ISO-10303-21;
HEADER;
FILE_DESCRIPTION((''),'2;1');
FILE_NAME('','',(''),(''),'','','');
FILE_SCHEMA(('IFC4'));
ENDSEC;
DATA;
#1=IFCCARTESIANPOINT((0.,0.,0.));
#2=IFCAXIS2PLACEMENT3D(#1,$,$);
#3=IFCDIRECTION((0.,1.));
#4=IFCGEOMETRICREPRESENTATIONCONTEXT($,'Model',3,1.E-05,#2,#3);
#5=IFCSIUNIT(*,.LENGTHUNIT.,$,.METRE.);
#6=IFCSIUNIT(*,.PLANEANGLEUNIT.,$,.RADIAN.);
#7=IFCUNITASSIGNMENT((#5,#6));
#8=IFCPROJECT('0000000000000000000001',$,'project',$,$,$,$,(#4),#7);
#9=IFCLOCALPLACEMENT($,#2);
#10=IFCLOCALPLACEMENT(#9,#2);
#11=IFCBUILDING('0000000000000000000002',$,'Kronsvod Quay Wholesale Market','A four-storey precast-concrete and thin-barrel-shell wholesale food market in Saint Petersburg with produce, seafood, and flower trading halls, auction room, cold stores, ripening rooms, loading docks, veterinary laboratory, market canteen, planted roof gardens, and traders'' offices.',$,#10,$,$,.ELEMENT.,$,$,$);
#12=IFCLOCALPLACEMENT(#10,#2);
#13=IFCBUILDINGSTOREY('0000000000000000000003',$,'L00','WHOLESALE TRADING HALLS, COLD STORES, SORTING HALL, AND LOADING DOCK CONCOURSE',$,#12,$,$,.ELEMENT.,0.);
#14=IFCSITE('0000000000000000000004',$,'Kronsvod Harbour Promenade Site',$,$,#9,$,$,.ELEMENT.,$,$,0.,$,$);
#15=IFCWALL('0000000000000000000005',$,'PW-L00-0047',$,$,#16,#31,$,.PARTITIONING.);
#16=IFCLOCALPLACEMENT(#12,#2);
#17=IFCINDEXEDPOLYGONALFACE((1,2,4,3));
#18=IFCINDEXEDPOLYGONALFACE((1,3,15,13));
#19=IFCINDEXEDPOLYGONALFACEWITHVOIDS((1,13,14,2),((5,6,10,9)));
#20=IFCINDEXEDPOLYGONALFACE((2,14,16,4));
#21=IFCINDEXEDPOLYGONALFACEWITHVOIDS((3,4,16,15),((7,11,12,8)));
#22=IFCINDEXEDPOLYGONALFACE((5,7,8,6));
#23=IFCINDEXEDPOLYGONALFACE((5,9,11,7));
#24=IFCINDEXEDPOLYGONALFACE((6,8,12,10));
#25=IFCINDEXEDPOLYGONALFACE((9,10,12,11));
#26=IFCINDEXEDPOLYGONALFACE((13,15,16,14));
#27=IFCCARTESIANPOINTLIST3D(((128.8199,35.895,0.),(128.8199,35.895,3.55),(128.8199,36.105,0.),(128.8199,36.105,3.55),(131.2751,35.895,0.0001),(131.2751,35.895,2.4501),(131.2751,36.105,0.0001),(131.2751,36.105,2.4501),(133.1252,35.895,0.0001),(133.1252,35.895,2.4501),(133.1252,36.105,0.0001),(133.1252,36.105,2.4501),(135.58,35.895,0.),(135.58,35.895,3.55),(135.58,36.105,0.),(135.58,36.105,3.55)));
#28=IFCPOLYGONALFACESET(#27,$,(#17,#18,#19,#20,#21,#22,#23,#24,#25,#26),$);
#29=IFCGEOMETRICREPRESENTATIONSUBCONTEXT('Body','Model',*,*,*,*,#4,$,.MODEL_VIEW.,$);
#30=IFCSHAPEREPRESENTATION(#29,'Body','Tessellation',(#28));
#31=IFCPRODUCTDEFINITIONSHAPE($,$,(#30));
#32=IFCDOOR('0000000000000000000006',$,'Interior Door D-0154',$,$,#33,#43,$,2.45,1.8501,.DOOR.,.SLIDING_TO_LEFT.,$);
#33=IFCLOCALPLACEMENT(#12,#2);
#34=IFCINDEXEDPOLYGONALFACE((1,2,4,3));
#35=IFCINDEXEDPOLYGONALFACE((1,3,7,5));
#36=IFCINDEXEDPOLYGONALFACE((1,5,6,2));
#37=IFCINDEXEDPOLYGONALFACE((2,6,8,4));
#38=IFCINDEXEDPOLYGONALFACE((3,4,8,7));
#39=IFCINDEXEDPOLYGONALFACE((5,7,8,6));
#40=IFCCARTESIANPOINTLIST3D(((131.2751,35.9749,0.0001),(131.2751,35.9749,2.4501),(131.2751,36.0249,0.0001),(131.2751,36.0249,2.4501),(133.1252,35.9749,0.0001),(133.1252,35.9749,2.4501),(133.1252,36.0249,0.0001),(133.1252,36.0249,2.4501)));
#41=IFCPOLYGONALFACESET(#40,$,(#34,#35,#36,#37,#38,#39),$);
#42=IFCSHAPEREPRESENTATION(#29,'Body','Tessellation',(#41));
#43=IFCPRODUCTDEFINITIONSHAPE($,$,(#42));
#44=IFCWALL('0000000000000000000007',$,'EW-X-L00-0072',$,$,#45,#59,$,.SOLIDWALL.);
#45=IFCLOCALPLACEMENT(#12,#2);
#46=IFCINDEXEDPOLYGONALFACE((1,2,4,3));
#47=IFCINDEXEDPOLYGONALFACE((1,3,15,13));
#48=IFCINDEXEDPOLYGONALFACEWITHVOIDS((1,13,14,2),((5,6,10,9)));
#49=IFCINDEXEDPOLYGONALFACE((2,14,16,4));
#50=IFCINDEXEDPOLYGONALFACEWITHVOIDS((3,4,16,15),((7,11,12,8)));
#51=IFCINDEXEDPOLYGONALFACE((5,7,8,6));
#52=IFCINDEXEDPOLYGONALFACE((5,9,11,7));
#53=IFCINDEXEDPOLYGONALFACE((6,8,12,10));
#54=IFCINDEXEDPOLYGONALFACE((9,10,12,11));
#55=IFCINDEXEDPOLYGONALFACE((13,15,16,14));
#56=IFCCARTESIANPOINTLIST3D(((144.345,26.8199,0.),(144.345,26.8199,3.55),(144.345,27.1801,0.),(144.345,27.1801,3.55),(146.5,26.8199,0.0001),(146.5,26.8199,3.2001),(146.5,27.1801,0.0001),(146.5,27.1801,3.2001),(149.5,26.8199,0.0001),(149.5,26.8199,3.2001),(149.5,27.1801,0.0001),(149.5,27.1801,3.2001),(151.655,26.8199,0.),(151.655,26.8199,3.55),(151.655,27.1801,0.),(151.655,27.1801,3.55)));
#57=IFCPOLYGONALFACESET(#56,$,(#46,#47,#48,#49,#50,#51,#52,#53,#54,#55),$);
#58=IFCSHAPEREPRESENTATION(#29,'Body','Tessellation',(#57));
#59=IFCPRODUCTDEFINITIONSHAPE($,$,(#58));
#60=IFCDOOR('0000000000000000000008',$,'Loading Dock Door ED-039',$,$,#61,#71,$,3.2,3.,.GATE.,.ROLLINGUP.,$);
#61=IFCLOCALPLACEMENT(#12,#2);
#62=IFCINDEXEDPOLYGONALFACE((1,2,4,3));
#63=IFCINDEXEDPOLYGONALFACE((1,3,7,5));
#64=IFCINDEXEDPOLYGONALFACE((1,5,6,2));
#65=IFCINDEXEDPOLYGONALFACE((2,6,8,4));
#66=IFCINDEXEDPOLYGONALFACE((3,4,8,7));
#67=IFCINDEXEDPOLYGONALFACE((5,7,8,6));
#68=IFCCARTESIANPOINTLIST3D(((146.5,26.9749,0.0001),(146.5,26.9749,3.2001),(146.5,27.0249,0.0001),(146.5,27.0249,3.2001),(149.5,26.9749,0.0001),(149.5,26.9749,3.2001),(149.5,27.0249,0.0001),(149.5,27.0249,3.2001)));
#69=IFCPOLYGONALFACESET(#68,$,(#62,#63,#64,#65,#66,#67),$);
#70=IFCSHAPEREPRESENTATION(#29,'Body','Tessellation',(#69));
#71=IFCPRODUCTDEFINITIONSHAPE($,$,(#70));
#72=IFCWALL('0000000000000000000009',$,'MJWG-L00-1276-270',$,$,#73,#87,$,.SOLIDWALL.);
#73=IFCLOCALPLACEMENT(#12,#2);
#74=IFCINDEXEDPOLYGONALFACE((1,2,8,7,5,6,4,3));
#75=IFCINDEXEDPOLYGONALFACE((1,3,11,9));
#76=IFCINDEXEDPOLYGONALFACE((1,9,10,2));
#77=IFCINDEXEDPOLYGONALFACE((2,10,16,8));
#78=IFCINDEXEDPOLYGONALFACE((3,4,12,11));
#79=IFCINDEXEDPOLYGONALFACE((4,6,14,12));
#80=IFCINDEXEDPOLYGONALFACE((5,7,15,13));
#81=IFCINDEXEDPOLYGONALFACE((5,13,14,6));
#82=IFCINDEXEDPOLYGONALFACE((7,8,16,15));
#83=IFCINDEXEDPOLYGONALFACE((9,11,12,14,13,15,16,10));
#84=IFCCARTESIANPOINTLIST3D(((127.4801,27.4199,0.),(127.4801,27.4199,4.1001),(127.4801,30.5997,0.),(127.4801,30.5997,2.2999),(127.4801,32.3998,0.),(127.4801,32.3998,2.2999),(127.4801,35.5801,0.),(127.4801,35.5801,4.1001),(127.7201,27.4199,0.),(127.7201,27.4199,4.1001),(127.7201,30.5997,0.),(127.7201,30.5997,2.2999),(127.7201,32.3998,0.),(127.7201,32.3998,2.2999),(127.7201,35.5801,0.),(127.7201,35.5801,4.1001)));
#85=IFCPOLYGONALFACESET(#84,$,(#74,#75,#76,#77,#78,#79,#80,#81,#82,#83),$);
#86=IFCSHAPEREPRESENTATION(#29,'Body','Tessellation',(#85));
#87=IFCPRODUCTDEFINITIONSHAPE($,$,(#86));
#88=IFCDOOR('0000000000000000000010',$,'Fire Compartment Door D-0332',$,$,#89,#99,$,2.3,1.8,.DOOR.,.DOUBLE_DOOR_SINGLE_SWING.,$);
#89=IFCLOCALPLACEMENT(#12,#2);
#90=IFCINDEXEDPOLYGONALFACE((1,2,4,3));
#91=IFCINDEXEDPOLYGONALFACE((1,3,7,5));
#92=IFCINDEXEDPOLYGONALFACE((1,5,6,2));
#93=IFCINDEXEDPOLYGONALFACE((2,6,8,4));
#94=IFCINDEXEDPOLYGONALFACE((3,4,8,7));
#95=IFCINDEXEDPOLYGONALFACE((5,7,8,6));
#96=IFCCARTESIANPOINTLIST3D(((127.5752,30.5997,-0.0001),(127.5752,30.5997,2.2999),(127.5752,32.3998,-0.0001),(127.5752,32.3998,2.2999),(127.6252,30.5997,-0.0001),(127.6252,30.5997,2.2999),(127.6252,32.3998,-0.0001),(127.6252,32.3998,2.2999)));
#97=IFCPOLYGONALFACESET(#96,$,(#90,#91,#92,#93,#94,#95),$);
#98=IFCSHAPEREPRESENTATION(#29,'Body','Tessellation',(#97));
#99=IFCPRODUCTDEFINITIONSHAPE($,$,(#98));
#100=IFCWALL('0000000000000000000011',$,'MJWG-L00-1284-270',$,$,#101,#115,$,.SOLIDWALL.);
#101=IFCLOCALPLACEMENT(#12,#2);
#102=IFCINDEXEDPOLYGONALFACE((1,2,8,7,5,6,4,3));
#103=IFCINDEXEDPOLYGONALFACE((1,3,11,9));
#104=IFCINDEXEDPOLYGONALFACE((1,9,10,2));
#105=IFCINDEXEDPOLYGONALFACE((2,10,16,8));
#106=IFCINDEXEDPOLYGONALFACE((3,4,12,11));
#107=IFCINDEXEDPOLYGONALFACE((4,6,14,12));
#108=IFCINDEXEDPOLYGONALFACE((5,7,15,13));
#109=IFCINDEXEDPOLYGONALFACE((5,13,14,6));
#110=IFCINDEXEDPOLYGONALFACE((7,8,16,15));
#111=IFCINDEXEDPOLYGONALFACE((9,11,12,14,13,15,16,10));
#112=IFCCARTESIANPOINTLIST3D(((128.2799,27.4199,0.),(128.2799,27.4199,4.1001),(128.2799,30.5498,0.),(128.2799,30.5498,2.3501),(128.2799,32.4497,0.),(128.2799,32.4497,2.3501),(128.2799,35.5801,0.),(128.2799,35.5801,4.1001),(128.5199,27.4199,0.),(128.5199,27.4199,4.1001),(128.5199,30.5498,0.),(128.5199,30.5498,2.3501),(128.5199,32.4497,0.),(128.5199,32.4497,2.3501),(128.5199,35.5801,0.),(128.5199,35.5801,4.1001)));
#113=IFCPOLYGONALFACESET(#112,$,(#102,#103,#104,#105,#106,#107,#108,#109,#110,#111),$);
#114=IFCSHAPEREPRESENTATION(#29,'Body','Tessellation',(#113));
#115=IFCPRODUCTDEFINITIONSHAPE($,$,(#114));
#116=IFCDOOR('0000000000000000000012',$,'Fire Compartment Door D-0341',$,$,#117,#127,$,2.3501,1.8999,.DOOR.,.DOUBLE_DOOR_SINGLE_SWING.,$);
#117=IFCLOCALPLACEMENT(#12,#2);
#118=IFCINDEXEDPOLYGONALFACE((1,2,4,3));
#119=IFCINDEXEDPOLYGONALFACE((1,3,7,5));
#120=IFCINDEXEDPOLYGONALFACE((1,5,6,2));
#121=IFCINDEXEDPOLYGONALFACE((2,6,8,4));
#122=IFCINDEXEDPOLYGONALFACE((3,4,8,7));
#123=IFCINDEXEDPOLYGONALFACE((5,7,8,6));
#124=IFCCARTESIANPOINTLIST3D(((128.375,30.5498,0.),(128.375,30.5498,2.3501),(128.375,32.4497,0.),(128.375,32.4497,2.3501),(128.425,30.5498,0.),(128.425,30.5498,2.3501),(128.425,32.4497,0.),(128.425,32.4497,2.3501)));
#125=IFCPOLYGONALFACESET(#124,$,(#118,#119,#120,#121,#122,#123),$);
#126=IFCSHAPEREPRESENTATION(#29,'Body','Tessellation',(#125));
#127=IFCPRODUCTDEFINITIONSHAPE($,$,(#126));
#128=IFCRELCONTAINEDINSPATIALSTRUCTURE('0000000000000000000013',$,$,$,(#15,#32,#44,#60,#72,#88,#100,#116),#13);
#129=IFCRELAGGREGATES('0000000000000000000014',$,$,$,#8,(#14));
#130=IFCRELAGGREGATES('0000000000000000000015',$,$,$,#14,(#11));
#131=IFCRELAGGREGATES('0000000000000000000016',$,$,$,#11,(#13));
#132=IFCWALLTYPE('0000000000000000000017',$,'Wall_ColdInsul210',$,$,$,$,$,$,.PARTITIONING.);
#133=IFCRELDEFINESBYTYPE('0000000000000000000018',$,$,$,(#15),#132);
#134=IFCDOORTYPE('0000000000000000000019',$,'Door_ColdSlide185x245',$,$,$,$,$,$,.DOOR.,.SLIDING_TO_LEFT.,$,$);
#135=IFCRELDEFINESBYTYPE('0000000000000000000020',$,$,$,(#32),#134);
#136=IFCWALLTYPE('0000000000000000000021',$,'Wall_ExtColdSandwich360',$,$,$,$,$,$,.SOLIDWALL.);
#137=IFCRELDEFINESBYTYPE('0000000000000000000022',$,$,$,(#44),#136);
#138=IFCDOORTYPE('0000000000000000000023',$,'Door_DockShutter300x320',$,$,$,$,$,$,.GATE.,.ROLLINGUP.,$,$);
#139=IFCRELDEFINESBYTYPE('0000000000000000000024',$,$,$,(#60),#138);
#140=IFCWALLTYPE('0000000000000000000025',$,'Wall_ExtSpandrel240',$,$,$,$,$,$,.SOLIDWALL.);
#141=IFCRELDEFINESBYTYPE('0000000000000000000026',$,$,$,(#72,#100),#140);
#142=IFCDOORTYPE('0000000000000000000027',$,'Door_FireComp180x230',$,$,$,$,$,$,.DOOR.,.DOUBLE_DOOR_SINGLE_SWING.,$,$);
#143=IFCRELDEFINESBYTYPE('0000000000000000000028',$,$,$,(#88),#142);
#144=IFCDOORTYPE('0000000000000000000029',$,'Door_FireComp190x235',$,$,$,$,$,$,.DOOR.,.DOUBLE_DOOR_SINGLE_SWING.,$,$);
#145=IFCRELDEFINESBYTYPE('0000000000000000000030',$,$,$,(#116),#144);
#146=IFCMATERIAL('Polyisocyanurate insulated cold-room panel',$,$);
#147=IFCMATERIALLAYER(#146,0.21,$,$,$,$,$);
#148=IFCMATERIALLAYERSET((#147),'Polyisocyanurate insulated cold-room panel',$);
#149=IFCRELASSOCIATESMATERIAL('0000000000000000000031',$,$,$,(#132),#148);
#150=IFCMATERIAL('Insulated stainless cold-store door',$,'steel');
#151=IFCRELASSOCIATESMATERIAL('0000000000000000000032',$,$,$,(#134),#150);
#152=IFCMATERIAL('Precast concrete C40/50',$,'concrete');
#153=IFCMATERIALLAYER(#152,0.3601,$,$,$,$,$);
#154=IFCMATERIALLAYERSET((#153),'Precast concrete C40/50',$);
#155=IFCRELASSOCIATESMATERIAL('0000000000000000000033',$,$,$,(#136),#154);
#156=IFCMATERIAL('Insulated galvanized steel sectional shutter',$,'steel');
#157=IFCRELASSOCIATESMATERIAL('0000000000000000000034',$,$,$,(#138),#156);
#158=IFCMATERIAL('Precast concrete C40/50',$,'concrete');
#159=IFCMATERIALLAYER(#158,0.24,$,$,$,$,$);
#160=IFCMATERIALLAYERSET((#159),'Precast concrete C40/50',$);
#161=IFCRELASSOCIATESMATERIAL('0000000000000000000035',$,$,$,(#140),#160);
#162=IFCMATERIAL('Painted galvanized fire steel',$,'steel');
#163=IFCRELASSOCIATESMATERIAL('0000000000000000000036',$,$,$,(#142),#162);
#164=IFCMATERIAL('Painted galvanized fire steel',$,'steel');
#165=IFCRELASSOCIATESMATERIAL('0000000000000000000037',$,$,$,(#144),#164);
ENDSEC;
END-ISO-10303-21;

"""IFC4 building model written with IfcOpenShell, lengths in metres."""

from ifc_helpers import new_model, si_unit, direction, frame, frame_2d, origin, place, context, subcontext, project, spatial, rectangle, extrude, material, layer, layer_set, type_object, element, fill, save


model = new_model("IFC4")

# Units and contexts
model_context = context("Model", 3, precision=1e-05, world=origin(), true_north=direction((0.0, 1.0)))
body_context = subcontext(model_context, "Body", "Model", "MODEL_VIEW")
ifc_project = project(units=[si_unit("LENGTHUNIT", "METRE"), si_unit("PLANEANGLEUNIT", "RADIAN")], contexts=[model_context])

# Site, building, storey
site_placement = place(None, origin())
site = spatial("IfcSite", under=ifc_project, at=site_placement, Name="Kronsvod Harbour Promenade Site", CompositionType="ELEMENT", RefElevation=0.0)
building_placement = place(site_placement, origin())
building = spatial("IfcBuilding", under=site, at=building_placement, Name="Kronsvod Quay Wholesale Market", Description="A four-storey precast-concrete and thin-barrel-shell wholesale food market in Saint Petersburg with produce, seafood, and flower trading halls, auction room, cold stores, ripening rooms, loading docks, veterinary laboratory, market canteen, planted roof gardens, and traders' offices.", CompositionType="ELEMENT")
storey_placement = place(building_placement, origin())
storey = spatial("IfcBuildingStorey", under=building, at=storey_placement, Name="L00", Description="WHOLESALE TRADING HALLS, COLD STORES, SORTING HALL, AND LOADING DOCK CONCOURSE", CompositionType="ELEMENT", Elevation=0.0)

# Walls, openings, doors
ifc_material_1 = material(Name="Polyisocyanurate insulated cold-room panel")
ifc_layer_1 = layer(ifc_material_1, 0.21)
ifc_layer_set_1 = layer_set([ifc_layer_1], Name="Polyisocyanurate insulated cold-room panel")
wall_type_1 = type_object("IfcWallType", Name="Wall_ColdInsul210", PredefinedType="PARTITIONING", material=ifc_layer_set_1)
wall_1_placement = place(storey_placement, frame((128.8201, 36.0, 0.0), z_axis=(0.0, 0.0, 1.0), x_axis=(1.0, 0.0, 0.0)))
wall_1 = element("IfcWall", 1, at=wall_1_placement, inside=storey, type_object=wall_type_1, Name="PW-L00-0047", PredefinedType="PARTITIONING", context=body_context, shape_type="SweptSolid", body=[
    extrude(rectangle(XDim=6.76, YDim=0.21, at=frame_2d((3.3799, 0.0))), origin(), (0.0, 0.0, 1.0), 3.55),
])
opening_1_placement = place(wall_1_placement, frame((2.4551, 0.0, 0.0)))
opening_1 = element("IfcOpeningElement", 2, at=opening_1_placement, cuts=wall_1, PredefinedType="OPENING", context=body_context, shape_type="SweptSolid", body=[
    extrude(rectangle(XDim=1.8501, YDim=2.45, at=frame_2d((0.925, 1.2251))), frame((0.0, 0.115, 0.0), z_axis=(0.0, -1.0, 0.0), x_axis=(1.0, 0.0, 0.0)), (0.0, 0.0, 1.0), 0.23),
])
ifc_material_2 = material(Name="Insulated stainless cold-store door", Category="steel")
door_type_1 = type_object("IfcDoorType", Name="Door_ColdSlide185x245", OperationType="SLIDING_TO_LEFT", PredefinedType="DOOR", material=ifc_material_2)
door_1_placement = place(opening_1_placement, origin())
door_1 = element("IfcDoor", 3, at=door_1_placement, inside=storey, type_object=door_type_1, Name="Interior Door D-0154", OperationType="SLIDING_TO_LEFT", OverallHeight=2.45, OverallWidth=1.8501, PredefinedType="DOOR", context=body_context, shape_type="SweptSolid", body=[
    extrude(rectangle(XDim=1.8501, YDim=2.45, at=frame_2d((0.925, 1.2251))), frame((0.0, 0.0249, 0.0), z_axis=(0.0, -1.0, 0.0), x_axis=(1.0, 0.0, 0.0)), (0.0, 0.0, 1.0), 0.05),
])
fill(opening_1, door_1)
ifc_material_3 = material(Name="Precast concrete C40/50", Category="concrete")
ifc_layer_2 = layer(ifc_material_3, 0.3601)
ifc_layer_set_2 = layer_set([ifc_layer_2], Name="Precast concrete C40/50")
wall_type_2 = type_object("IfcWallType", Name="Wall_ExtColdSandwich360", PredefinedType="SOLIDWALL", material=ifc_layer_set_2)
wall_2_placement = place(storey_placement, frame((144.345, 27.0, 0.0), z_axis=(0.0, 0.0, 1.0), x_axis=(1.0, 0.0, 0.0)))
wall_2 = element("IfcWall", 4, at=wall_2_placement, inside=storey, type_object=wall_type_2, Name="EW-X-L00-0072", PredefinedType="SOLIDWALL", context=body_context, shape_type="SweptSolid", body=[
    extrude(rectangle(XDim=7.3101, YDim=0.3601, at=frame_2d((3.655, 0.0))), origin(), (0.0, 0.0, 1.0), 3.55),
])
opening_2_placement = place(wall_2_placement, frame((2.155, 0.0, 0.0)))
opening_2 = element("IfcOpeningElement", 5, at=opening_2_placement, cuts=wall_2, PredefinedType="OPENING", context=body_context, shape_type="SweptSolid", body=[
    extrude(rectangle(XDim=3.0, YDim=3.2, at=frame_2d((1.5, 1.6001))), frame((0.0, 0.1899, 0.0), z_axis=(0.0, -1.0, 0.0), x_axis=(1.0, 0.0, 0.0)), (0.0, 0.0, 1.0), 0.3801),
])
ifc_material_4 = material(Name="Insulated galvanized steel sectional shutter", Category="steel")
door_type_2 = type_object("IfcDoorType", Name="Door_DockShutter300x320", OperationType="ROLLINGUP", PredefinedType="GATE", material=ifc_material_4)
door_2_placement = place(opening_2_placement, origin())
door_2 = element("IfcDoor", 6, at=door_2_placement, inside=storey, type_object=door_type_2, Name="Loading Dock Door ED-039", OperationType="ROLLINGUP", OverallHeight=3.2, OverallWidth=3.0, PredefinedType="GATE", context=body_context, shape_type="SweptSolid", body=[
    extrude(rectangle(XDim=3.0, YDim=3.2, at=frame_2d((1.5, 1.6001))), frame((0.0, 0.0249, 0.0), z_axis=(0.0, -1.0, 0.0), x_axis=(1.0, 0.0, 0.0)), (0.0, 0.0, 1.0), 0.05),
])
fill(opening_2, door_2)
ifc_material_5 = material(Name="Precast concrete C40/50", Category="concrete")
ifc_layer_3 = layer(ifc_material_5, 0.24)
ifc_layer_set_3 = layer_set([ifc_layer_3], Name="Precast concrete C40/50")
wall_type_3 = type_object("IfcWallType", Name="Wall_ExtSpandrel240", PredefinedType="SOLIDWALL", material=ifc_layer_set_3)
wall_3_placement = place(storey_placement, frame((127.6001, 27.4199, 0.0), z_axis=(0.0, 0.0, 1.0), x_axis=(0.0, 1.0, 0.0)))
wall_3 = element("IfcWall", 7, at=wall_3_placement, inside=storey, type_object=wall_type_3, Name="MJWG-L00-1276-270", PredefinedType="SOLIDWALL", context=body_context, shape_type="SweptSolid", body=[
    extrude(rectangle(XDim=8.1602, YDim=0.24, at=frame_2d((4.0801, 0.0))), origin(), (0.0, 0.0, 1.0), 4.1001),
])
opening_3_placement = place(wall_3_placement, frame((3.1799, 0.0, 0.0)))
opening_3 = element("IfcOpeningElement", 8, at=opening_3_placement, cuts=wall_3, PredefinedType="OPENING", context=body_context, shape_type="SweptSolid", body=[
    extrude(rectangle(XDim=1.8, YDim=2.3, at=frame_2d((0.8999, 1.1499))), frame((0.0, 0.1299, 0.0), z_axis=(0.0, -1.0, 0.0), x_axis=(1.0, 0.0, 0.0)), (0.0, 0.0, 1.0), 0.26),
])
ifc_material_6 = material(Name="Painted galvanized fire steel", Category="steel")
door_type_3 = type_object("IfcDoorType", Name="Door_FireComp180x230", OperationType="DOUBLE_DOOR_SINGLE_SWING", PredefinedType="DOOR", material=ifc_material_6)
door_3_placement = place(opening_3_placement, origin())
door_3 = element("IfcDoor", 9, at=door_3_placement, inside=storey, type_object=door_type_3, Name="Fire Compartment Door D-0332", OperationType="DOUBLE_DOOR_SINGLE_SWING", OverallHeight=2.3, OverallWidth=1.8, PredefinedType="DOOR", context=body_context, shape_type="SweptSolid", body=[
    extrude(rectangle(XDim=1.8, YDim=2.3, at=frame_2d((0.8999, 1.1499))), frame((0.0, 0.0249, 0.0), z_axis=(0.0, -1.0, 0.0), x_axis=(1.0, 0.0, 0.0)), (0.0, 0.0, 1.0), 0.05),
])
fill(opening_3, door_3)
wall_4_placement = place(storey_placement, frame((128.3999, 27.4199, 0.0), z_axis=(0.0, 0.0, 1.0), x_axis=(0.0, 1.0, 0.0)))
wall_4 = element("IfcWall", 10, at=wall_4_placement, inside=storey, type_object=wall_type_3, Name="MJWG-L00-1284-270", PredefinedType="SOLIDWALL", context=body_context, shape_type="SweptSolid", body=[
    extrude(rectangle(XDim=8.1602, YDim=0.24, at=frame_2d((4.0801, 0.0))), origin(), (0.0, 0.0, 1.0), 4.1001),
])
opening_4_placement = place(wall_4_placement, frame((3.1299, 0.0, 0.0)))
opening_4 = element("IfcOpeningElement", 11, at=opening_4_placement, cuts=wall_4, PredefinedType="OPENING", context=body_context, shape_type="SweptSolid", body=[
    extrude(rectangle(XDim=1.8999, YDim=2.3501, at=frame_2d((0.95, 1.175))), frame((0.0, 0.1299, 0.0), z_axis=(0.0, -1.0, 0.0), x_axis=(1.0, 0.0, 0.0)), (0.0, 0.0, 1.0), 0.26),
])
ifc_material_7 = material(Name="Painted galvanized fire steel", Category="steel")
door_type_4 = type_object("IfcDoorType", Name="Door_FireComp190x235", OperationType="DOUBLE_DOOR_SINGLE_SWING", PredefinedType="DOOR", material=ifc_material_7)
door_4_placement = place(opening_4_placement, origin())
door_4 = element("IfcDoor", 12, at=door_4_placement, inside=storey, type_object=door_type_4, Name="Fire Compartment Door D-0341", OperationType="DOUBLE_DOOR_SINGLE_SWING", OverallHeight=2.3501, OverallWidth=1.8999, PredefinedType="DOOR", context=body_context, shape_type="SweptSolid", body=[
    extrude(rectangle(XDim=1.8999, YDim=2.3501, at=frame_2d((0.95, 1.175))), frame((0.0, 0.0249, 0.0), z_axis=(0.0, -1.0, 0.0), x_axis=(1.0, 0.0, 0.0)), (0.0, 0.0, 1.0), 0.05),
])
fill(opening_4, door_4)

save(model, "model.ifc")
